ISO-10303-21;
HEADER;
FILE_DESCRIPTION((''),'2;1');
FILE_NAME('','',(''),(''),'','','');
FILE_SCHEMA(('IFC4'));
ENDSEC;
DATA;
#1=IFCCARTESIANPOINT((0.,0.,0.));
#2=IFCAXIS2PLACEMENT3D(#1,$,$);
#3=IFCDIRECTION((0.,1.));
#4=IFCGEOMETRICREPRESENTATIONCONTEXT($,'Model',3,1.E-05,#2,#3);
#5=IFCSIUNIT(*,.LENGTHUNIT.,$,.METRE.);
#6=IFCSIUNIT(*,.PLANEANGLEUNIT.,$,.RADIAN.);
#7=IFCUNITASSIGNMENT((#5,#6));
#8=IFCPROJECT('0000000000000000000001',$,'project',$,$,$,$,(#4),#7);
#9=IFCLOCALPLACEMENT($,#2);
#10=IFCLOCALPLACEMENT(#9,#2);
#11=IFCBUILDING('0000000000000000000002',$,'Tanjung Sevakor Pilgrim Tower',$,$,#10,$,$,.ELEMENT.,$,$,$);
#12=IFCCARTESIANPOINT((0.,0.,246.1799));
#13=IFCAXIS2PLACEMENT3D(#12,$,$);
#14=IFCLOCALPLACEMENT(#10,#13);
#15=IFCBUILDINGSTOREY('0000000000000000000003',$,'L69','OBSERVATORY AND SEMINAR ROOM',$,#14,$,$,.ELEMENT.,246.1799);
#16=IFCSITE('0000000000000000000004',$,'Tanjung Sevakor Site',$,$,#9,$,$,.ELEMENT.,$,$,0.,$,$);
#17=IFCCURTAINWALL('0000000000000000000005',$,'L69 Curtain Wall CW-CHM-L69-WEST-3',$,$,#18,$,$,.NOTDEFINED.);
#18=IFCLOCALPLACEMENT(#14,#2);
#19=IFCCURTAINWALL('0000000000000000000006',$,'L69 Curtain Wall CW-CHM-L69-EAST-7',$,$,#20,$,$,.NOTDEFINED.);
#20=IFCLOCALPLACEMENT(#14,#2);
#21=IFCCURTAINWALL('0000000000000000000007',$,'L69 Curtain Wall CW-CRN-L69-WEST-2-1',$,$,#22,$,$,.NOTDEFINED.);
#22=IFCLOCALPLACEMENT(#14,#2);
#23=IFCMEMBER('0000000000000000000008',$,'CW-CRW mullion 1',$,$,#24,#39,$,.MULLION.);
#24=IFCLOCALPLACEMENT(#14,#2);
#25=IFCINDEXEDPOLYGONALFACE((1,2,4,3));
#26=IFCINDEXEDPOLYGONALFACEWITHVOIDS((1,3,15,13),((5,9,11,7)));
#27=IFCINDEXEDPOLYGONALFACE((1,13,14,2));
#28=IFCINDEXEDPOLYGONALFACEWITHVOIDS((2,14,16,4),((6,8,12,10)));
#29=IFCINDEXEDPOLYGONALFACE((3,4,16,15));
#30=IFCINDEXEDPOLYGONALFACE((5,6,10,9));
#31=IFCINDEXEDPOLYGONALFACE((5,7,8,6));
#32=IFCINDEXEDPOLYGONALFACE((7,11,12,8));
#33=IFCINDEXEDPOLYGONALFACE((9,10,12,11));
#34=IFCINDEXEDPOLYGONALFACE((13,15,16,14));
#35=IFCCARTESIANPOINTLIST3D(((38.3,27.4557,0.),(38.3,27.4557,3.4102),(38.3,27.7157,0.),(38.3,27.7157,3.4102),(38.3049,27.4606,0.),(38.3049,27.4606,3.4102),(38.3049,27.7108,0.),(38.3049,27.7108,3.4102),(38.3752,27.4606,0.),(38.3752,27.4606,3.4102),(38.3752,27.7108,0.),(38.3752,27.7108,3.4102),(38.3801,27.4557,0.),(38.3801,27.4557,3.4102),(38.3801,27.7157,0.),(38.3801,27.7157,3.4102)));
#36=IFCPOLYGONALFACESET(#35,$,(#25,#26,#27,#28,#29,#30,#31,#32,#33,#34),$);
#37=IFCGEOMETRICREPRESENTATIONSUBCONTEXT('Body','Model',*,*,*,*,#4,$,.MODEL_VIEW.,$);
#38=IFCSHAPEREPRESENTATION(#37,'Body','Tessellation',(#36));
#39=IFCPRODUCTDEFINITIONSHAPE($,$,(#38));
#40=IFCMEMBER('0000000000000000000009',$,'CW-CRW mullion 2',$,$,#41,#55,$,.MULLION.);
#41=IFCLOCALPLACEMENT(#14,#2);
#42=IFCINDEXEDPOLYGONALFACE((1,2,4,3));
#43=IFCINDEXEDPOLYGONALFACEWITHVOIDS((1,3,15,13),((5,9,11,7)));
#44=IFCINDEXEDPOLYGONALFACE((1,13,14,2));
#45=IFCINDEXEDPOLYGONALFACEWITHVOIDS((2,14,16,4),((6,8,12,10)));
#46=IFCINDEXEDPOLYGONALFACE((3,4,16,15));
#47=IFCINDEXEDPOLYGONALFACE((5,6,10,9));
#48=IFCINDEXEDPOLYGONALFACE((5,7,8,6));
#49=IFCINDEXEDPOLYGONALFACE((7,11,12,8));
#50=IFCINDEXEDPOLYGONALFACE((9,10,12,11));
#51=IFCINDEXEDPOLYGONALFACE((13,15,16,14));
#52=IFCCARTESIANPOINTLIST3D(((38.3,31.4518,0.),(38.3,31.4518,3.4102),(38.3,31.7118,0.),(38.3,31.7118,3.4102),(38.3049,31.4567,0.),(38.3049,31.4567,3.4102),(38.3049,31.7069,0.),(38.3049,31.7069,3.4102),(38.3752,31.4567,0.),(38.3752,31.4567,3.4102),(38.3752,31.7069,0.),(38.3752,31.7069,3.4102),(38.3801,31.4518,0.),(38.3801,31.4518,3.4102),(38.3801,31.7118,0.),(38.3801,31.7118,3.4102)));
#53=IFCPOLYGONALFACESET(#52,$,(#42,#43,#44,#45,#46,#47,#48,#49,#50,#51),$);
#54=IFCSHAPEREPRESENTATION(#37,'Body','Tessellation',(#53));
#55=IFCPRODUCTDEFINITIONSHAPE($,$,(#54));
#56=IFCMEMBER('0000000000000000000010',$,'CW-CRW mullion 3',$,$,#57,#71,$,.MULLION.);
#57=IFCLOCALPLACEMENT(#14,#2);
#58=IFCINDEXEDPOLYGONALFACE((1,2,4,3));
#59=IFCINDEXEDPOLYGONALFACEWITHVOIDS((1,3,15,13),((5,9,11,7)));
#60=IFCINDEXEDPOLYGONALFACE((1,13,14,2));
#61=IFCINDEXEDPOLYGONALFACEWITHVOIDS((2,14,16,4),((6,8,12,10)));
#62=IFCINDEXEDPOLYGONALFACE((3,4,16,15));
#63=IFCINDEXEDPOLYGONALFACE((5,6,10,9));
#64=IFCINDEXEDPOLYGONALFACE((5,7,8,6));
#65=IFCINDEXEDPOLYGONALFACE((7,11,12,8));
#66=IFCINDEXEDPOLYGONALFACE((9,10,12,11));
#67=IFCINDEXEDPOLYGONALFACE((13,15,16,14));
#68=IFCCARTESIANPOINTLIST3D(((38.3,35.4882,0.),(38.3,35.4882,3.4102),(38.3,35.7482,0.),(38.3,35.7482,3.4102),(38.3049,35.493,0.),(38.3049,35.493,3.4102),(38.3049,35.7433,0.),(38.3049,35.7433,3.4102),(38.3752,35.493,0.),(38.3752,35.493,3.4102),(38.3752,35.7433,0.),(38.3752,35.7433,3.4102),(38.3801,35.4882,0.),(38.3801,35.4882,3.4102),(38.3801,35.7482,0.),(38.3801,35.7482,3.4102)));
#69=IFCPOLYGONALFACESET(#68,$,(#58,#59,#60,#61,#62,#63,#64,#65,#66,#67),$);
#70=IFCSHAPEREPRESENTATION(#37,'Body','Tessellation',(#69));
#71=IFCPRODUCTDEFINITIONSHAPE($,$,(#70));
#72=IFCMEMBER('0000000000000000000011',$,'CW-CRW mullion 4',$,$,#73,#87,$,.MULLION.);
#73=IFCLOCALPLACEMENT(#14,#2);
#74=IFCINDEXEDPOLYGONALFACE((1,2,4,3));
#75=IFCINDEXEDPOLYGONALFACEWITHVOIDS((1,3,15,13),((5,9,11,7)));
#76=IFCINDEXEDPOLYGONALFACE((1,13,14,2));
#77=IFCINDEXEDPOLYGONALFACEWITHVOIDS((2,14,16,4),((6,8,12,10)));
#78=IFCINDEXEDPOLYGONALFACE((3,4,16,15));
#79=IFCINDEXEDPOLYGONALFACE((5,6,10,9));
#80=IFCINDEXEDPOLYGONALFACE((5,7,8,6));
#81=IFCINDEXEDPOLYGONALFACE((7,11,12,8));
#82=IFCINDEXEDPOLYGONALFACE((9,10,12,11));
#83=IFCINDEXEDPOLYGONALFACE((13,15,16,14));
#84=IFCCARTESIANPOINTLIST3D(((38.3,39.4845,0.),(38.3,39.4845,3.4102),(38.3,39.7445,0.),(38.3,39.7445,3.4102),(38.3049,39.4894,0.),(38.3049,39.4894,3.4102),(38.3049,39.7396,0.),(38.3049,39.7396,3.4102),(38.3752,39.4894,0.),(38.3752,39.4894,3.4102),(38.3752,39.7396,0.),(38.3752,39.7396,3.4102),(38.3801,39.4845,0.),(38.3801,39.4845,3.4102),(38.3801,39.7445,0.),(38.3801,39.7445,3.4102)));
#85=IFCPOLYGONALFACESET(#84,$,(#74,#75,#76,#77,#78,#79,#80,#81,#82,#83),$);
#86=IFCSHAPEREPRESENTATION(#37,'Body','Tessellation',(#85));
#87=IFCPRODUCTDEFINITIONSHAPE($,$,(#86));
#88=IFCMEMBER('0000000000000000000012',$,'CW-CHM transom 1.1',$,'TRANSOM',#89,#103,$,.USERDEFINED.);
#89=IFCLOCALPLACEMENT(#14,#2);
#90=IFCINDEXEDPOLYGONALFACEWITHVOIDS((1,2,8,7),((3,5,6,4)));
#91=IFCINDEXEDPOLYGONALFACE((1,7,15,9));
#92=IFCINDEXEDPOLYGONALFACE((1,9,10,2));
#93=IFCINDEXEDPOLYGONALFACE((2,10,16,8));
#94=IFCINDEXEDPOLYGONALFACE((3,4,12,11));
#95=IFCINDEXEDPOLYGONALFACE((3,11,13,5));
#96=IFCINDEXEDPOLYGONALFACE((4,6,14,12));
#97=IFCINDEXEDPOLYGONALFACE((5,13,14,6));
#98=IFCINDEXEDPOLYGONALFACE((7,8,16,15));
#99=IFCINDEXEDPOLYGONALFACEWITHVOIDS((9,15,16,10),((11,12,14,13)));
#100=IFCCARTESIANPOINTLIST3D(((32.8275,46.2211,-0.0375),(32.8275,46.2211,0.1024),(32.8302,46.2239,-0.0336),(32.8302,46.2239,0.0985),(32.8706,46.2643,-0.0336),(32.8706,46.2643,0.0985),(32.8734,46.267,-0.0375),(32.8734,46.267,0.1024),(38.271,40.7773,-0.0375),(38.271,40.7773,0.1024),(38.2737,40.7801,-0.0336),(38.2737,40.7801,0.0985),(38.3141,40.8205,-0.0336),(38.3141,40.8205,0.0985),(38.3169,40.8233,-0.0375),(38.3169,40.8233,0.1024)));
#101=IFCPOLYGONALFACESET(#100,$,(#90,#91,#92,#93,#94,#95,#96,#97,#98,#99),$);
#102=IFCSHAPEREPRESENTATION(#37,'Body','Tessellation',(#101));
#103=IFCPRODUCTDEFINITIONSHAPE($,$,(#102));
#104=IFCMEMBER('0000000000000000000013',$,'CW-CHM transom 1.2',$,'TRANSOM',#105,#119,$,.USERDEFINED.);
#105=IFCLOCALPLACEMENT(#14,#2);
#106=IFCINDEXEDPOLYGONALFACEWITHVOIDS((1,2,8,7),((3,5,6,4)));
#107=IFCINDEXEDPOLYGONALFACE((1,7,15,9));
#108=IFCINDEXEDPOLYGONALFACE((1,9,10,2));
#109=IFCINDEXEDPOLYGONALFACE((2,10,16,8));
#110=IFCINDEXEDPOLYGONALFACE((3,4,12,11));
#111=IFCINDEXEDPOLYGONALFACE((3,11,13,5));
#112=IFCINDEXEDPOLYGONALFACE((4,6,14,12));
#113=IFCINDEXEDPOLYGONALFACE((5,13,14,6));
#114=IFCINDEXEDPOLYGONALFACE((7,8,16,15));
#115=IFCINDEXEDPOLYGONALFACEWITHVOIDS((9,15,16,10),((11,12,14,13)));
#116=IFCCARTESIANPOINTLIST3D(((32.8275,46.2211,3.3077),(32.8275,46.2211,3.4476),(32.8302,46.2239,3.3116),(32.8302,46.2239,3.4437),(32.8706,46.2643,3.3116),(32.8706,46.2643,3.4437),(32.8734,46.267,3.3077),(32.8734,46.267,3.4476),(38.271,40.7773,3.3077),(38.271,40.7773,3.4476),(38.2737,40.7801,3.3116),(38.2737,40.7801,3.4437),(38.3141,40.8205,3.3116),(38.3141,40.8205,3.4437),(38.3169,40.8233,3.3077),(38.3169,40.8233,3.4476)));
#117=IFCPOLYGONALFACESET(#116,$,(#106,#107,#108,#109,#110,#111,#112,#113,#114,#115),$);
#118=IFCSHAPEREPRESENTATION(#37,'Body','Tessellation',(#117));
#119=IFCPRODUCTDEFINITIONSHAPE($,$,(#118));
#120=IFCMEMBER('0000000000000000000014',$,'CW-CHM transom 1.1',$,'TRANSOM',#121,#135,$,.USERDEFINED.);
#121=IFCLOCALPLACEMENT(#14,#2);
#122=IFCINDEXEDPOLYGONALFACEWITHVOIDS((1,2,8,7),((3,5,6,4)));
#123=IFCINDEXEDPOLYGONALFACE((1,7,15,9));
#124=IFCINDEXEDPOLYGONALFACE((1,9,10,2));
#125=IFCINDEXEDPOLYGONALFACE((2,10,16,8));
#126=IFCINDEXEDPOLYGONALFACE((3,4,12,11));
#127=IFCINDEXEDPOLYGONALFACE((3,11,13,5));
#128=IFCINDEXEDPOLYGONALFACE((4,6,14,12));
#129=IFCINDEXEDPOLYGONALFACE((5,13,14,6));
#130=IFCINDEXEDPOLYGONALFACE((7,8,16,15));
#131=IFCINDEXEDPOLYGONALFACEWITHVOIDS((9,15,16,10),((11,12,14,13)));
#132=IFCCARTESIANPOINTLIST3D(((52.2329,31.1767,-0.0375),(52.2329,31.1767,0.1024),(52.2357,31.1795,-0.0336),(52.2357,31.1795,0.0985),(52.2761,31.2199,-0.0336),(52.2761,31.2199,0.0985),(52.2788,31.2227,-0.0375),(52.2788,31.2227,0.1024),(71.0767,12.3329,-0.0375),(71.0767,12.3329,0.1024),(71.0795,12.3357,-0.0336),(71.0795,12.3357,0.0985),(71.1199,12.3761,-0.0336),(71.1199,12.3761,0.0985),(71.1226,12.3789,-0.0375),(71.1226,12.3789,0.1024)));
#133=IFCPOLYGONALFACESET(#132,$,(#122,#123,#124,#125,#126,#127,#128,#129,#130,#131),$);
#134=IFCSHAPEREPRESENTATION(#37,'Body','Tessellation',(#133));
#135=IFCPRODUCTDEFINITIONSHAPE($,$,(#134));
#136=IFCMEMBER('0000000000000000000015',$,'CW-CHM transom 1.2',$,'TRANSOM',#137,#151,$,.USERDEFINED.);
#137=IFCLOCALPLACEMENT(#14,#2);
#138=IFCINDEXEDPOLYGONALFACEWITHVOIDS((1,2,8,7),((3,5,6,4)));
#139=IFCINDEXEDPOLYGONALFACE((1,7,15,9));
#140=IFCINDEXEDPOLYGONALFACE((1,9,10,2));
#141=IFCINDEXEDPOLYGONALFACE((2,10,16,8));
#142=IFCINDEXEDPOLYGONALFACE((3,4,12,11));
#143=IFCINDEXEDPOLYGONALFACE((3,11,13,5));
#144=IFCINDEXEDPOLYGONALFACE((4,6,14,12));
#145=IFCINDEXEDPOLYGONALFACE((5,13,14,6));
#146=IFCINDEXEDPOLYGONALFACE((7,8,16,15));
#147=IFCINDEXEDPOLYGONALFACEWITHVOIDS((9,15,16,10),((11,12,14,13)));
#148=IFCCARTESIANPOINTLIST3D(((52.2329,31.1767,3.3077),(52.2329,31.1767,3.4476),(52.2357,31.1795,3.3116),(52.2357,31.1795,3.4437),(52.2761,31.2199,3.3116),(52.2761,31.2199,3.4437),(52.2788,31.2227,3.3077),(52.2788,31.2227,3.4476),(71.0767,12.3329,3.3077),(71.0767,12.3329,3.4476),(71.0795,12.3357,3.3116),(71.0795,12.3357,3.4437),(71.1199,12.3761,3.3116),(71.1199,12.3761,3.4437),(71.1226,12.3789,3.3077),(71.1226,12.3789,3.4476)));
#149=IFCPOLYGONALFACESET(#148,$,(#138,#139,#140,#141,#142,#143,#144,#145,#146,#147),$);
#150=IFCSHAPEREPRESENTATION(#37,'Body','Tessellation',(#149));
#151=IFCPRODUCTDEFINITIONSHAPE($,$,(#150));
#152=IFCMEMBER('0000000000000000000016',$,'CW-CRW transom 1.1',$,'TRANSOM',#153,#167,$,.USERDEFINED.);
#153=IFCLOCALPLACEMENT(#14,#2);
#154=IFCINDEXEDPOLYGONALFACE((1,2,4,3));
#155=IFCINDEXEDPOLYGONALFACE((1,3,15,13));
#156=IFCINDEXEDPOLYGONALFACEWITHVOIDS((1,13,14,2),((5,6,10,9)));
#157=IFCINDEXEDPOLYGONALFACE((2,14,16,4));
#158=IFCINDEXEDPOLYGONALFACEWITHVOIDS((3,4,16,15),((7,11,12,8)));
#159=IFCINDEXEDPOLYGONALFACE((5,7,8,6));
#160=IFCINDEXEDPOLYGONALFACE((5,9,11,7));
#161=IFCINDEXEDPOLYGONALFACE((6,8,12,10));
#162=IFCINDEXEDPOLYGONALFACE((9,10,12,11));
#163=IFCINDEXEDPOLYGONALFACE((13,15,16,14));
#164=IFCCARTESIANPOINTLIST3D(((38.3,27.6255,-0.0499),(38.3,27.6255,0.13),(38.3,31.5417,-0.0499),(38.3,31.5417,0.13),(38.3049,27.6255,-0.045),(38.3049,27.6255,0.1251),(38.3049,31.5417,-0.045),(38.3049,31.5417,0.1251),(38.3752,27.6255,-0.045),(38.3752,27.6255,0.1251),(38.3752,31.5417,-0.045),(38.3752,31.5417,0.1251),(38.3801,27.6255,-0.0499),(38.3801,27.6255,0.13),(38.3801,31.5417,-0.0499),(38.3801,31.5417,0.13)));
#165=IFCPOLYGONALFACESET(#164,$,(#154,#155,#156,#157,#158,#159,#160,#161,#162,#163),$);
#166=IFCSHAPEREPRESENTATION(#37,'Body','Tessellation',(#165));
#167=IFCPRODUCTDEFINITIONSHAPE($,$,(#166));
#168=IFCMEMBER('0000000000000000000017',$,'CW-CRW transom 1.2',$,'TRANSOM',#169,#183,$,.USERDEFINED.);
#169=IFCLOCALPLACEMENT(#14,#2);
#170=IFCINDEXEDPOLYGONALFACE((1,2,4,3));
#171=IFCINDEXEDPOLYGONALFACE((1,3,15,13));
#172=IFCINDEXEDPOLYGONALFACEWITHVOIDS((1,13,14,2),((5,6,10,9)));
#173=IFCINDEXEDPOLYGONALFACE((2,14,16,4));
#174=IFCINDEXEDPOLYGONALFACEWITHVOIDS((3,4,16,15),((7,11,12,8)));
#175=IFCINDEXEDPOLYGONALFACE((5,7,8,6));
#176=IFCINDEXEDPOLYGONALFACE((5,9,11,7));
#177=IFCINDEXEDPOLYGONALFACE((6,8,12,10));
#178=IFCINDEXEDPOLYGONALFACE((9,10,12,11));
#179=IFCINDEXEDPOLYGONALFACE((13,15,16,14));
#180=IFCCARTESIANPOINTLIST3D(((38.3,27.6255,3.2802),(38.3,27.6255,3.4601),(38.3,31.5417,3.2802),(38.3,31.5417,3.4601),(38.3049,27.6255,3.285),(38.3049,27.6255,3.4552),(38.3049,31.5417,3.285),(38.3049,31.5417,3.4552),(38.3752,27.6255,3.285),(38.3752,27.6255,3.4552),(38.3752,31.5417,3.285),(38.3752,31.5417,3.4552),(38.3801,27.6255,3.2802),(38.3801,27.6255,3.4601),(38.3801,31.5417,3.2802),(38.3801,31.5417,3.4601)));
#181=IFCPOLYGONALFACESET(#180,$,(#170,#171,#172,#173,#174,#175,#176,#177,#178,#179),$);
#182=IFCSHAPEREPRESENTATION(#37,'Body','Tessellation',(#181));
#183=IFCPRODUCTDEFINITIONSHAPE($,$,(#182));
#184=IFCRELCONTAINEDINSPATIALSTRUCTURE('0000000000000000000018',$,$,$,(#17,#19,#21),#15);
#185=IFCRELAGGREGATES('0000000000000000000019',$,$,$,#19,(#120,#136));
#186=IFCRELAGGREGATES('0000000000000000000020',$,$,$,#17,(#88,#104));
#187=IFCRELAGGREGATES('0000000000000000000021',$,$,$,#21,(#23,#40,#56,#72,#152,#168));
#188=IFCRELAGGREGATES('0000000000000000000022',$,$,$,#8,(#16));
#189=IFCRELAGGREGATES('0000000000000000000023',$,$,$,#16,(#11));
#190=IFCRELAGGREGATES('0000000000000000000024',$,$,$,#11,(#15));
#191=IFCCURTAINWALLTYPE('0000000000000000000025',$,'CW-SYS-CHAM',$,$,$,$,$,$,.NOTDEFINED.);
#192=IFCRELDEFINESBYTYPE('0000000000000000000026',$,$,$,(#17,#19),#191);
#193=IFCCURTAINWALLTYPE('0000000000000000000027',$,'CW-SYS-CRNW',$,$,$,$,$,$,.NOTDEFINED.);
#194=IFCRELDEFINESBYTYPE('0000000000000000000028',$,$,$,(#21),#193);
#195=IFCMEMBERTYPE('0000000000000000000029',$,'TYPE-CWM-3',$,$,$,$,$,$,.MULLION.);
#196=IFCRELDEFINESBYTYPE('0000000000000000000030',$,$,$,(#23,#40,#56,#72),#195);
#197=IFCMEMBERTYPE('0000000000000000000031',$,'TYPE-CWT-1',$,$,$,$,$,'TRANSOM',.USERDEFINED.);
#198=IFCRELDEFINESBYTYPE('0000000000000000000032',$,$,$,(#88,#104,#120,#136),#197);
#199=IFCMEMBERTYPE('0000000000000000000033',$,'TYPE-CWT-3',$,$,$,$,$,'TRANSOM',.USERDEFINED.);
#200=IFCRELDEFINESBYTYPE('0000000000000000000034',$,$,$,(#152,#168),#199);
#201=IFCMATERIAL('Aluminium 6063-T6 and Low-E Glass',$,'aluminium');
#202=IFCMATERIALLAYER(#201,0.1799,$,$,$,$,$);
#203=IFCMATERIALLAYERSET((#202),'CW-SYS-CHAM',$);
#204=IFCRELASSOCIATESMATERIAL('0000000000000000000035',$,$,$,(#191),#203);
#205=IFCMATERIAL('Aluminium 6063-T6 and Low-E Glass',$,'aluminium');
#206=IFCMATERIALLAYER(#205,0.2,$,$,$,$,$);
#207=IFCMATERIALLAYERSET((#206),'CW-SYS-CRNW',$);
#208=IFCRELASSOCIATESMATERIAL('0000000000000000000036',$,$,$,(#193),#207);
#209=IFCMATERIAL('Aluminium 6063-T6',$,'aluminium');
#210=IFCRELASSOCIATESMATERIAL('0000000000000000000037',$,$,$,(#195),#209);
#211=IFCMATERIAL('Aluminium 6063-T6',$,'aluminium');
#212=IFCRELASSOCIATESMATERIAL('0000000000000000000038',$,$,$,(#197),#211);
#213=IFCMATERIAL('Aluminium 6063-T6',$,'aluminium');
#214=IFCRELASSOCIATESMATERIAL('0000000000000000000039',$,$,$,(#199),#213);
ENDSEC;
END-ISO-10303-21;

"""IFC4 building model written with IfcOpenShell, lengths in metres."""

from ifc_helpers import new_model, si_unit, direction, frame, origin, origin_2d, place, context, subcontext, project, spatial, hollow_rectangle, extrude, material, layer, layer_set, material_profile, profile_set, type_object, element, aggregate, save


model = new_model("IFC4")

# Units and contexts
model_context = context("Model", 3, precision=1e-05, world=origin(), true_north=direction((0.0, 1.0)))
body_context = subcontext(model_context, "Body", "Model", "MODEL_VIEW")
ifc_project = project(units=[si_unit("LENGTHUNIT", "METRE"), si_unit("PLANEANGLEUNIT", "RADIAN")], contexts=[model_context])

# Site, building, storey
site_placement = place(None, origin())
site = spatial("IfcSite", under=ifc_project, at=site_placement, Name="Tanjung Sevakor Site", CompositionType="ELEMENT", RefElevation=0.0)
building_placement = place(site_placement, origin())
building = spatial("IfcBuilding", under=site, at=building_placement, Name="Tanjung Sevakor Pilgrim Tower", CompositionType="ELEMENT")
storey_placement = place(building_placement, frame((0.0, 0.0, 246.1799)))
storey = spatial("IfcBuildingStorey", under=building, at=storey_placement, Name="L69", Description="OBSERVATORY AND SEMINAR ROOM", CompositionType="ELEMENT", Elevation=246.1799)

# Curtain walls
ifc_material_1 = material(Name="Aluminium 6063-T6 and Low-E Glass", Category="aluminium")
ifc_layer_1 = layer(ifc_material_1, 0.1799)
ifc_layer_set_1 = layer_set([ifc_layer_1], Name="CW-SYS-CHAM")
curtain_wall_type_1 = type_object("IfcCurtainWallType", Name="CW-SYS-CHAM", PredefinedType="NOTDEFINED", material=ifc_layer_set_1)
curtain_wall_1_placement = place(storey_placement, origin())
curtain_wall_1 = element("IfcCurtainWall", 1, at=curtain_wall_1_placement, inside=storey, type_object=curtain_wall_type_1, Name="L69 Curtain Wall CW-CHM-L69-WEST-3", PredefinedType="NOTDEFINED")
curtain_wall_2_placement = place(storey_placement, origin())
curtain_wall_2 = element("IfcCurtainWall", 2, at=curtain_wall_2_placement, inside=storey, type_object=curtain_wall_type_1, Name="L69 Curtain Wall CW-CHM-L69-EAST-7", PredefinedType="NOTDEFINED")

# Curtain wall, members
ifc_material_2 = material(Name="Aluminium 6063-T6 and Low-E Glass", Category="aluminium")
ifc_layer_2 = layer(ifc_material_2, 0.2)
ifc_layer_set_2 = layer_set([ifc_layer_2], Name="CW-SYS-CRNW")
curtain_wall_type_2 = type_object("IfcCurtainWallType", Name="CW-SYS-CRNW", PredefinedType="NOTDEFINED", material=ifc_layer_set_2)
curtain_wall_3_placement = place(storey_placement, origin())
curtain_wall_3 = element("IfcCurtainWall", 3, at=curtain_wall_3_placement, inside=storey, type_object=curtain_wall_type_2, Name="L69 Curtain Wall CW-CRN-L69-WEST-2-1", PredefinedType="NOTDEFINED")
ifc_material_3 = material(Name="Aluminium 6063-T6", Category="aluminium")
ifc_material_profile_1 = material_profile(ifc_material_3, hollow_rectangle(XDim=0.0801, YDim=0.26, WallThickness=0.0049, at=origin_2d()))
ifc_profile_set_1 = profile_set([ifc_material_profile_1], Name="Aluminium 6063-T6")
member_type_1 = type_object("IfcMemberType", Name="TYPE-CWM-3", PredefinedType="MULLION", material=ifc_profile_set_1)
member_1_placement = place(storey_placement, frame((38.3401, 27.5857, 0.0), z_axis=(0.0, 0.0, 1.0), x_axis=(-1.0, 0.0, 0.0)))
member_1 = element("IfcMember", 4, at=member_1_placement, type_object=member_type_1, Name="CW-CRW mullion 1", PredefinedType="MULLION", context=body_context, shape_type="SweptSolid", body=[
    extrude(hollow_rectangle(XDim=0.0801, YDim=0.26, WallThickness=0.0049, at=origin_2d()), origin(), (0.0, 0.0, 1.0), 3.4102),
])
member_2_placement = place(storey_placement, frame((38.3401, 31.5818, 0.0), z_axis=(0.0, 0.0, 1.0), x_axis=(-1.0, 0.0, 0.0)))
member_2 = element("IfcMember", 5, at=member_2_placement, type_object=member_type_1, Name="CW-CRW mullion 2", PredefinedType="MULLION", context=body_context, shape_type="SweptSolid", body=[
    extrude(hollow_rectangle(XDim=0.0801, YDim=0.26, WallThickness=0.0049, at=origin_2d()), origin(), (0.0, 0.0, 1.0), 3.4102),
])
member_3_placement = place(storey_placement, frame((38.3401, 35.6182, 0.0), z_axis=(0.0, 0.0, 1.0), x_axis=(-1.0, 0.0, 0.0)))
member_3 = element("IfcMember", 6, at=member_3_placement, type_object=member_type_1, Name="CW-CRW mullion 3", PredefinedType="MULLION", context=body_context, shape_type="SweptSolid", body=[
    extrude(hollow_rectangle(XDim=0.0801, YDim=0.26, WallThickness=0.0049, at=origin_2d()), origin(), (0.0, 0.0, 1.0), 3.4102),
])
member_4_placement = place(storey_placement, frame((38.3401, 39.6145, 0.0), z_axis=(0.0, 0.0, 1.0), x_axis=(-1.0, 0.0, 0.0)))
member_4 = element("IfcMember", 7, at=member_4_placement, type_object=member_type_1, Name="CW-CRW mullion 4", PredefinedType="MULLION", context=body_context, shape_type="SweptSolid", body=[
    extrude(hollow_rectangle(XDim=0.0801, YDim=0.26, WallThickness=0.0049, at=origin_2d()), origin(), (0.0, 0.0, 1.0), 3.4102),
])

# Members
ifc_material_4 = material(Name="Aluminium 6063-T6", Category="aluminium")
ifc_material_profile_2 = material_profile(ifc_material_4, hollow_rectangle(XDim=0.0649, YDim=0.1399, WallThickness=0.0039, at=origin_2d()))
ifc_profile_set_2 = profile_set([ifc_material_profile_2], Name="Aluminium 6063-T6")
member_type_2 = type_object("IfcMemberType", Name="TYPE-CWT-1", ElementType="TRANSOM", PredefinedType="USERDEFINED", material=ifc_profile_set_2)
member_5_placement = place(storey_placement, frame((38.2939, 40.8003, 0.0325), z_axis=(-0.707091, 0.707123, 0.0), x_axis=(-0.707123, -0.707091, 0.0)))
member_5 = element("IfcMember", 8, at=member_5_placement, type_object=member_type_2, Name="CW-CHM transom 1.1", ObjectType="TRANSOM", PredefinedType="USERDEFINED", context=body_context, shape_type="SweptSolid", body=[
    extrude(hollow_rectangle(XDim=0.0649, YDim=0.1399, WallThickness=0.0039, at=origin_2d()), origin(), (0.0, 0.0, 1.0), 7.6985),
])
member_6_placement = place(storey_placement, frame((38.2939, 40.8003, 3.3777), z_axis=(-0.707091, 0.707123, 0.0), x_axis=(-0.707123, -0.707091, 0.0)))
member_6 = element("IfcMember", 9, at=member_6_placement, type_object=member_type_2, Name="CW-CHM transom 1.2", ObjectType="TRANSOM", PredefinedType="USERDEFINED", context=body_context, shape_type="SweptSolid", body=[
    extrude(hollow_rectangle(XDim=0.0649, YDim=0.1399, WallThickness=0.0039, at=origin_2d()), origin(), (0.0, 0.0, 1.0), 7.6985),
])
member_7_placement = place(storey_placement, frame((52.2559, 31.1997, 0.0325), z_axis=(0.707107, -0.707107, 0.0), x_axis=(0.707107, 0.707107, 0.0)))
member_7 = element("IfcMember", 10, at=member_7_placement, type_object=member_type_2, Name="CW-CHM transom 1.1", ObjectType="TRANSOM", PredefinedType="USERDEFINED", context=body_context, shape_type="SweptSolid", body=[
    extrude(hollow_rectangle(XDim=0.0649, YDim=0.1399, WallThickness=0.0039, at=origin_2d()), origin(), (0.0, 0.0, 1.0), 26.6492),
])
member_8_placement = place(storey_placement, frame((52.2559, 31.1997, 3.3777), z_axis=(0.707107, -0.707107, 0.0), x_axis=(0.707107, 0.707107, 0.0)))
member_8 = element("IfcMember", 11, at=member_8_placement, type_object=member_type_2, Name="CW-CHM transom 1.2", ObjectType="TRANSOM", PredefinedType="USERDEFINED", context=body_context, shape_type="SweptSolid", body=[
    extrude(hollow_rectangle(XDim=0.0649, YDim=0.1399, WallThickness=0.0039, at=origin_2d()), origin(), (0.0, 0.0, 1.0), 26.6492),
])
aggregate(curtain_wall_2, [member_7, member_8])
ifc_material_5 = material(Name="Aluminium 6063-T6", Category="aluminium")
ifc_material_profile_3 = material_profile(ifc_material_5, hollow_rectangle(XDim=0.0801, YDim=0.1799, WallThickness=0.0049, at=origin_2d()))
ifc_profile_set_3 = profile_set([ifc_material_profile_3], Name="Aluminium 6063-T6")
member_type_3 = type_object("IfcMemberType", Name="TYPE-CWT-3", ElementType="TRANSOM", PredefinedType="USERDEFINED", material=ifc_profile_set_3)
member_9_placement = place(storey_placement, frame((38.3401, 27.6255, 0.04), z_axis=(0.0, 1.0, 0.0), x_axis=(-1.0, 0.0, 0.0)))
member_9 = element("IfcMember", 12, at=member_9_placement, type_object=member_type_3, Name="CW-CRW transom 1.1", ObjectType="TRANSOM", PredefinedType="USERDEFINED", context=body_context, shape_type="SweptSolid", body=[
    extrude(hollow_rectangle(XDim=0.0801, YDim=0.1799, WallThickness=0.0049, at=origin_2d()), origin(), (0.0, 0.0, 1.0), 3.9163),
])
member_10_placement = place(storey_placement, frame((38.3401, 27.6255, 3.3701), z_axis=(0.0, 1.0, 0.0), x_axis=(-1.0, 0.0, 0.0)))
member_10 = element("IfcMember", 13, at=member_10_placement, type_object=member_type_3, Name="CW-CRW transom 1.2", ObjectType="TRANSOM", PredefinedType="USERDEFINED", context=body_context, shape_type="SweptSolid", body=[
    extrude(hollow_rectangle(XDim=0.0801, YDim=0.1799, WallThickness=0.0049, at=origin_2d()), origin(), (0.0, 0.0, 1.0), 3.9163),
])

aggregate(curtain_wall_1, [member_5, member_6])
aggregate(curtain_wall_3, [member_1, member_2, member_3, member_4, member_9, member_10])

save(model, "model.ifc")
